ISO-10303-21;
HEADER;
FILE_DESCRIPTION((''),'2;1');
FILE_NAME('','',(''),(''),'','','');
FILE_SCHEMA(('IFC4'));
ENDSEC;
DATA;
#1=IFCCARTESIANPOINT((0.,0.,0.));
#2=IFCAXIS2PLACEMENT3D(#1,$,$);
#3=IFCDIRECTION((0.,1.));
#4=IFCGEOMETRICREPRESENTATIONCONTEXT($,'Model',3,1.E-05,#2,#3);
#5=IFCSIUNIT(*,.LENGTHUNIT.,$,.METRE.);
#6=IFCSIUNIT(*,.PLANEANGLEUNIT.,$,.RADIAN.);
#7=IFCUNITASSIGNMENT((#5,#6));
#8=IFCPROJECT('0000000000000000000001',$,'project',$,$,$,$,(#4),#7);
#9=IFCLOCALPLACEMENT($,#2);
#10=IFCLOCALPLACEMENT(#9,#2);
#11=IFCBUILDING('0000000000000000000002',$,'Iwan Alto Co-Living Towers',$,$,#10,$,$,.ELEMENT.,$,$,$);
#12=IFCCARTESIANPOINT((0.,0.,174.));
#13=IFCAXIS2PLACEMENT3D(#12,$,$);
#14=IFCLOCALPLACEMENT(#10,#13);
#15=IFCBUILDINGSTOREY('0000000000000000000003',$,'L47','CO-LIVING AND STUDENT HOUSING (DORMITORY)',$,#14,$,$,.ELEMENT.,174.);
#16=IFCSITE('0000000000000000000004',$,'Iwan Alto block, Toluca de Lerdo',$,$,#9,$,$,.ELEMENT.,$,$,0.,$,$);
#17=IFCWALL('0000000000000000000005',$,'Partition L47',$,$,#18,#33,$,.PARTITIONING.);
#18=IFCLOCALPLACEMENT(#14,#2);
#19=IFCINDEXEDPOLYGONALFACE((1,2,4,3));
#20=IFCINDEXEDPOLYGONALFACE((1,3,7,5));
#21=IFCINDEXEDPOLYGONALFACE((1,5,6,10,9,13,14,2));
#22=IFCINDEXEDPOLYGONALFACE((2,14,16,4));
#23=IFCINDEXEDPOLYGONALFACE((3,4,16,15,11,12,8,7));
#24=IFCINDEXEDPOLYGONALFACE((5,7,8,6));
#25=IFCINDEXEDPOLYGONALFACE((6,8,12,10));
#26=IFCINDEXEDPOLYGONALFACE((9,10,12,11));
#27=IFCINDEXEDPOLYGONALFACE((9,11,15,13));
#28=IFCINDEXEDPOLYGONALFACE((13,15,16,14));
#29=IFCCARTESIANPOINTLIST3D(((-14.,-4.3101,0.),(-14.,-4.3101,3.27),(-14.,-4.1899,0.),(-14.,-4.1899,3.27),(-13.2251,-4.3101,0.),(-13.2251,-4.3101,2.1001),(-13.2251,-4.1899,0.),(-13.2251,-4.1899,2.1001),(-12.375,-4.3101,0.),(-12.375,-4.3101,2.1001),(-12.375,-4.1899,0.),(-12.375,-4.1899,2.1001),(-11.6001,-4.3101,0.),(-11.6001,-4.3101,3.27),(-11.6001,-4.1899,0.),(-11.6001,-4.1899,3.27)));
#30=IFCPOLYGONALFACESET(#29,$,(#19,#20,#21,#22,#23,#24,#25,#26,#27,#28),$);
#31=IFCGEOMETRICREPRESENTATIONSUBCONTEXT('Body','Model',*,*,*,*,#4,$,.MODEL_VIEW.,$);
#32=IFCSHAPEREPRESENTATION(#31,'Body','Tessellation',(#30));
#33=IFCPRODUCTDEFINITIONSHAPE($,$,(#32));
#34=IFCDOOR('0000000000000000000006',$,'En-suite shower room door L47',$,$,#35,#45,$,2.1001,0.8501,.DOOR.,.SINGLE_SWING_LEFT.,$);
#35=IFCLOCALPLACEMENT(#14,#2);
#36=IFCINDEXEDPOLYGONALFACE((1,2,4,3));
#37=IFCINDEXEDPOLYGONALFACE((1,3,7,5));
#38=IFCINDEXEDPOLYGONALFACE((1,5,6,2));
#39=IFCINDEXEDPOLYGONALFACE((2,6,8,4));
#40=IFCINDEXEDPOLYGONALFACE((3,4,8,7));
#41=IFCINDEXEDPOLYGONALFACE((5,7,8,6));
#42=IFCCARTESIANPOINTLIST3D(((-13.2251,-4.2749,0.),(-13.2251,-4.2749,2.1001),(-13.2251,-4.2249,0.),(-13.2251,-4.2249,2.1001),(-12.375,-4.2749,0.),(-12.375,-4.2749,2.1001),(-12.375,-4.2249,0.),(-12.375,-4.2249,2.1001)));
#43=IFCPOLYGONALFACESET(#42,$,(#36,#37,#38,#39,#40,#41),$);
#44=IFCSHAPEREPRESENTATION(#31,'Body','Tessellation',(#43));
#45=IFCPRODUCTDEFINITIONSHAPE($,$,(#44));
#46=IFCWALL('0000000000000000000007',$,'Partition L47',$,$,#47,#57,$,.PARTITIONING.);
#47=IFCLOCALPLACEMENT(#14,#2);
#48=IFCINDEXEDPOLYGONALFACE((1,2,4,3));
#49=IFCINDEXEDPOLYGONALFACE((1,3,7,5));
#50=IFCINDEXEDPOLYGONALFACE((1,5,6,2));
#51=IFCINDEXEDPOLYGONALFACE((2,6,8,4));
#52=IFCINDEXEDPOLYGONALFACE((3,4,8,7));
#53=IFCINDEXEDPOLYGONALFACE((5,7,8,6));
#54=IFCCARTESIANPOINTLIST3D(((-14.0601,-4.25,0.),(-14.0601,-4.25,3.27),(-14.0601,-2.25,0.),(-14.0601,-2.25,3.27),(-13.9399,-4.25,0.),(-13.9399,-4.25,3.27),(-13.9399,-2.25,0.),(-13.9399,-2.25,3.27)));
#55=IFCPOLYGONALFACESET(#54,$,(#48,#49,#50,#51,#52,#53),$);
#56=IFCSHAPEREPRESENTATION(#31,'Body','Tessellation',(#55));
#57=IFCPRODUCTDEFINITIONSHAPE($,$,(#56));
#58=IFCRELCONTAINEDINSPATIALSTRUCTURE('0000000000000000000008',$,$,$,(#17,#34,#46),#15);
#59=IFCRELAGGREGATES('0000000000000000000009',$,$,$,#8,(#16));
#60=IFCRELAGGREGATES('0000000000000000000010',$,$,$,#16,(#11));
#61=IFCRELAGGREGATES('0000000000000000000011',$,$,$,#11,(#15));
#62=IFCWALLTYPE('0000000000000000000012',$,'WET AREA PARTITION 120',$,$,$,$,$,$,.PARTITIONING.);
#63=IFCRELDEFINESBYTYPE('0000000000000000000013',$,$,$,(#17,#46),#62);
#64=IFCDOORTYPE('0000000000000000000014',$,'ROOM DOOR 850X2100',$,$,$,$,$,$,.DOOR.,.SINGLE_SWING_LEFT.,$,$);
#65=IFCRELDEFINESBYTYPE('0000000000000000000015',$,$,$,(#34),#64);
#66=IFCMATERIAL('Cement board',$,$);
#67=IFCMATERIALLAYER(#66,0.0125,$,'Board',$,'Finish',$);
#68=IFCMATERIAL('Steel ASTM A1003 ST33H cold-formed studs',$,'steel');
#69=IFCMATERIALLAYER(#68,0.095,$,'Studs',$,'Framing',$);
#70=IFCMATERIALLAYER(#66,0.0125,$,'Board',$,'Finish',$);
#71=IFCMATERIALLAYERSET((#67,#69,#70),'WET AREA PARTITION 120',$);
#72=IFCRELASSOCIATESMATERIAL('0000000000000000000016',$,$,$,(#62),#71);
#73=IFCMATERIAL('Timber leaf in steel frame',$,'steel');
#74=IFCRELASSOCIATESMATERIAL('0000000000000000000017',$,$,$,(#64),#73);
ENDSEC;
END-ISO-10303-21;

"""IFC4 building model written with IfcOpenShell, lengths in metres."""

from ifc_helpers import new_model, si_unit, direction, frame, frame_2d, origin, place, context, subcontext, project, spatial, rectangle, extrude, material, layer, layer_set, type_object, element, fill, save


model = new_model("IFC4")

# Units and contexts
model_context = context("Model", 3, precision=1e-05, world=origin(), true_north=direction((0.0, 1.0)))
body_context = subcontext(model_context, "Body", "Model", "MODEL_VIEW")
ifc_project = project(units=[si_unit("LENGTHUNIT", "METRE"), si_unit("PLANEANGLEUNIT", "RADIAN")], contexts=[model_context])

# Site, building, storey
site_placement = place(None, origin())
site = spatial("IfcSite", under=ifc_project, at=site_placement, Name="Iwan Alto block, Toluca de Lerdo", CompositionType="ELEMENT", RefElevation=0.0)
building_placement = place(site_placement, origin())
building = spatial("IfcBuilding", under=site, at=building_placement, Name="Iwan Alto Co-Living Towers", CompositionType="ELEMENT")
storey_placement = place(building_placement, frame((0.0, 0.0, 174.0)))
storey = spatial("IfcBuildingStorey", under=building, at=storey_placement, Name="L47", Description="CO-LIVING AND STUDENT HOUSING (DORMITORY)", CompositionType="ELEMENT", Elevation=174.0)

# Shared definitions
ifc_material_1 = material(Name="Steel ASTM A1003 ST33H cold-formed studs", Category="steel")

# Wall, opening, door
ifc_material_2 = material(Name="Cement board")
ifc_layer_1 = layer(ifc_material_2, 0.0125, Name="Board", Category="Finish")
ifc_layer_2 = layer(ifc_material_1, 0.095, Name="Studs", Category="Framing")
ifc_layer_3 = layer(ifc_material_2, 0.0125, Name="Board", Category="Finish")
ifc_layer_set_1 = layer_set([ifc_layer_1, ifc_layer_2, ifc_layer_3], Name="WET AREA PARTITION 120")
wall_type_1 = type_object("IfcWallType", Name="WET AREA PARTITION 120", PredefinedType="PARTITIONING", material=ifc_layer_set_1)
wall_1_placement = place(storey_placement, frame((-14.0, -4.25, 0.0), z_axis=(0.0, 0.0, 1.0), x_axis=(1.0, 0.0, 0.0)))
wall_1 = element("IfcWall", 1, at=wall_1_placement, inside=storey, type_object=wall_type_1, Name="Partition L47", PredefinedType="PARTITIONING", context=body_context, shape_type="SweptSolid", body=[
    extrude(rectangle(XDim=2.3999, YDim=0.1201, at=frame_2d((1.2, 0.0))), origin(), (0.0, 0.0, 1.0), 3.27),
])
opening_1_placement = place(wall_1_placement, frame((0.7749, 0.0, 0.0)))
opening_1 = element("IfcOpeningElement", 2, at=opening_1_placement, cuts=wall_1, PredefinedType="OPENING", context=body_context, shape_type="SweptSolid", body=[
    extrude(rectangle(XDim=0.8501, YDim=2.1001, at=frame_2d((0.425, 1.05))), frame((0.0, 0.0701, 0.0), z_axis=(0.0, -1.0, 0.0), x_axis=(1.0, 0.0, 0.0)), (0.0, 0.0, 1.0), 0.1401),
])
ifc_material_3 = material(Name="Timber leaf in steel frame", Category="steel")
door_type_1 = type_object("IfcDoorType", Name="ROOM DOOR 850X2100", OperationType="SINGLE_SWING_LEFT", PredefinedType="DOOR", material=ifc_material_3)
door_1_placement = place(opening_1_placement, frame((0.8501, 0.0, 0.0), z_axis=(0.0, 0.0, 1.0), x_axis=(-1.0, 0.0, 0.0)))
door_1 = element("IfcDoor", 3, at=door_1_placement, inside=storey, type_object=door_type_1, Name="En-suite shower room door L47", OperationType="SINGLE_SWING_LEFT", OverallHeight=2.1001, OverallWidth=0.8501, PredefinedType="DOOR", context=body_context, shape_type="SweptSolid", body=[
    extrude(rectangle(XDim=0.8501, YDim=2.1001, at=frame_2d((0.425, 1.05))), frame((0.0, 0.0249, 0.0), z_axis=(0.0, -1.0, 0.0), x_axis=(1.0, 0.0, 0.0)), (0.0, 0.0, 1.0), 0.05),
])
fill(opening_1, door_1)

# Wall
wall_2_placement = place(storey_placement, frame((-14.0, -4.25, 0.0), z_axis=(0.0, 0.0, 1.0), x_axis=(0.0, 1.0, 0.0)))
element("IfcWall", 4, at=wall_2_placement, inside=storey, type_object=wall_type_1, Name="Partition L47", PredefinedType="PARTITIONING", context=body_context, shape_type="SweptSolid", body=[
    extrude(rectangle(XDim=2.0, YDim=0.1201, at=frame_2d((1.0, 0.0))), origin(), (0.0, 0.0, 1.0), 3.27),
])

save(model, "model.ifc")
